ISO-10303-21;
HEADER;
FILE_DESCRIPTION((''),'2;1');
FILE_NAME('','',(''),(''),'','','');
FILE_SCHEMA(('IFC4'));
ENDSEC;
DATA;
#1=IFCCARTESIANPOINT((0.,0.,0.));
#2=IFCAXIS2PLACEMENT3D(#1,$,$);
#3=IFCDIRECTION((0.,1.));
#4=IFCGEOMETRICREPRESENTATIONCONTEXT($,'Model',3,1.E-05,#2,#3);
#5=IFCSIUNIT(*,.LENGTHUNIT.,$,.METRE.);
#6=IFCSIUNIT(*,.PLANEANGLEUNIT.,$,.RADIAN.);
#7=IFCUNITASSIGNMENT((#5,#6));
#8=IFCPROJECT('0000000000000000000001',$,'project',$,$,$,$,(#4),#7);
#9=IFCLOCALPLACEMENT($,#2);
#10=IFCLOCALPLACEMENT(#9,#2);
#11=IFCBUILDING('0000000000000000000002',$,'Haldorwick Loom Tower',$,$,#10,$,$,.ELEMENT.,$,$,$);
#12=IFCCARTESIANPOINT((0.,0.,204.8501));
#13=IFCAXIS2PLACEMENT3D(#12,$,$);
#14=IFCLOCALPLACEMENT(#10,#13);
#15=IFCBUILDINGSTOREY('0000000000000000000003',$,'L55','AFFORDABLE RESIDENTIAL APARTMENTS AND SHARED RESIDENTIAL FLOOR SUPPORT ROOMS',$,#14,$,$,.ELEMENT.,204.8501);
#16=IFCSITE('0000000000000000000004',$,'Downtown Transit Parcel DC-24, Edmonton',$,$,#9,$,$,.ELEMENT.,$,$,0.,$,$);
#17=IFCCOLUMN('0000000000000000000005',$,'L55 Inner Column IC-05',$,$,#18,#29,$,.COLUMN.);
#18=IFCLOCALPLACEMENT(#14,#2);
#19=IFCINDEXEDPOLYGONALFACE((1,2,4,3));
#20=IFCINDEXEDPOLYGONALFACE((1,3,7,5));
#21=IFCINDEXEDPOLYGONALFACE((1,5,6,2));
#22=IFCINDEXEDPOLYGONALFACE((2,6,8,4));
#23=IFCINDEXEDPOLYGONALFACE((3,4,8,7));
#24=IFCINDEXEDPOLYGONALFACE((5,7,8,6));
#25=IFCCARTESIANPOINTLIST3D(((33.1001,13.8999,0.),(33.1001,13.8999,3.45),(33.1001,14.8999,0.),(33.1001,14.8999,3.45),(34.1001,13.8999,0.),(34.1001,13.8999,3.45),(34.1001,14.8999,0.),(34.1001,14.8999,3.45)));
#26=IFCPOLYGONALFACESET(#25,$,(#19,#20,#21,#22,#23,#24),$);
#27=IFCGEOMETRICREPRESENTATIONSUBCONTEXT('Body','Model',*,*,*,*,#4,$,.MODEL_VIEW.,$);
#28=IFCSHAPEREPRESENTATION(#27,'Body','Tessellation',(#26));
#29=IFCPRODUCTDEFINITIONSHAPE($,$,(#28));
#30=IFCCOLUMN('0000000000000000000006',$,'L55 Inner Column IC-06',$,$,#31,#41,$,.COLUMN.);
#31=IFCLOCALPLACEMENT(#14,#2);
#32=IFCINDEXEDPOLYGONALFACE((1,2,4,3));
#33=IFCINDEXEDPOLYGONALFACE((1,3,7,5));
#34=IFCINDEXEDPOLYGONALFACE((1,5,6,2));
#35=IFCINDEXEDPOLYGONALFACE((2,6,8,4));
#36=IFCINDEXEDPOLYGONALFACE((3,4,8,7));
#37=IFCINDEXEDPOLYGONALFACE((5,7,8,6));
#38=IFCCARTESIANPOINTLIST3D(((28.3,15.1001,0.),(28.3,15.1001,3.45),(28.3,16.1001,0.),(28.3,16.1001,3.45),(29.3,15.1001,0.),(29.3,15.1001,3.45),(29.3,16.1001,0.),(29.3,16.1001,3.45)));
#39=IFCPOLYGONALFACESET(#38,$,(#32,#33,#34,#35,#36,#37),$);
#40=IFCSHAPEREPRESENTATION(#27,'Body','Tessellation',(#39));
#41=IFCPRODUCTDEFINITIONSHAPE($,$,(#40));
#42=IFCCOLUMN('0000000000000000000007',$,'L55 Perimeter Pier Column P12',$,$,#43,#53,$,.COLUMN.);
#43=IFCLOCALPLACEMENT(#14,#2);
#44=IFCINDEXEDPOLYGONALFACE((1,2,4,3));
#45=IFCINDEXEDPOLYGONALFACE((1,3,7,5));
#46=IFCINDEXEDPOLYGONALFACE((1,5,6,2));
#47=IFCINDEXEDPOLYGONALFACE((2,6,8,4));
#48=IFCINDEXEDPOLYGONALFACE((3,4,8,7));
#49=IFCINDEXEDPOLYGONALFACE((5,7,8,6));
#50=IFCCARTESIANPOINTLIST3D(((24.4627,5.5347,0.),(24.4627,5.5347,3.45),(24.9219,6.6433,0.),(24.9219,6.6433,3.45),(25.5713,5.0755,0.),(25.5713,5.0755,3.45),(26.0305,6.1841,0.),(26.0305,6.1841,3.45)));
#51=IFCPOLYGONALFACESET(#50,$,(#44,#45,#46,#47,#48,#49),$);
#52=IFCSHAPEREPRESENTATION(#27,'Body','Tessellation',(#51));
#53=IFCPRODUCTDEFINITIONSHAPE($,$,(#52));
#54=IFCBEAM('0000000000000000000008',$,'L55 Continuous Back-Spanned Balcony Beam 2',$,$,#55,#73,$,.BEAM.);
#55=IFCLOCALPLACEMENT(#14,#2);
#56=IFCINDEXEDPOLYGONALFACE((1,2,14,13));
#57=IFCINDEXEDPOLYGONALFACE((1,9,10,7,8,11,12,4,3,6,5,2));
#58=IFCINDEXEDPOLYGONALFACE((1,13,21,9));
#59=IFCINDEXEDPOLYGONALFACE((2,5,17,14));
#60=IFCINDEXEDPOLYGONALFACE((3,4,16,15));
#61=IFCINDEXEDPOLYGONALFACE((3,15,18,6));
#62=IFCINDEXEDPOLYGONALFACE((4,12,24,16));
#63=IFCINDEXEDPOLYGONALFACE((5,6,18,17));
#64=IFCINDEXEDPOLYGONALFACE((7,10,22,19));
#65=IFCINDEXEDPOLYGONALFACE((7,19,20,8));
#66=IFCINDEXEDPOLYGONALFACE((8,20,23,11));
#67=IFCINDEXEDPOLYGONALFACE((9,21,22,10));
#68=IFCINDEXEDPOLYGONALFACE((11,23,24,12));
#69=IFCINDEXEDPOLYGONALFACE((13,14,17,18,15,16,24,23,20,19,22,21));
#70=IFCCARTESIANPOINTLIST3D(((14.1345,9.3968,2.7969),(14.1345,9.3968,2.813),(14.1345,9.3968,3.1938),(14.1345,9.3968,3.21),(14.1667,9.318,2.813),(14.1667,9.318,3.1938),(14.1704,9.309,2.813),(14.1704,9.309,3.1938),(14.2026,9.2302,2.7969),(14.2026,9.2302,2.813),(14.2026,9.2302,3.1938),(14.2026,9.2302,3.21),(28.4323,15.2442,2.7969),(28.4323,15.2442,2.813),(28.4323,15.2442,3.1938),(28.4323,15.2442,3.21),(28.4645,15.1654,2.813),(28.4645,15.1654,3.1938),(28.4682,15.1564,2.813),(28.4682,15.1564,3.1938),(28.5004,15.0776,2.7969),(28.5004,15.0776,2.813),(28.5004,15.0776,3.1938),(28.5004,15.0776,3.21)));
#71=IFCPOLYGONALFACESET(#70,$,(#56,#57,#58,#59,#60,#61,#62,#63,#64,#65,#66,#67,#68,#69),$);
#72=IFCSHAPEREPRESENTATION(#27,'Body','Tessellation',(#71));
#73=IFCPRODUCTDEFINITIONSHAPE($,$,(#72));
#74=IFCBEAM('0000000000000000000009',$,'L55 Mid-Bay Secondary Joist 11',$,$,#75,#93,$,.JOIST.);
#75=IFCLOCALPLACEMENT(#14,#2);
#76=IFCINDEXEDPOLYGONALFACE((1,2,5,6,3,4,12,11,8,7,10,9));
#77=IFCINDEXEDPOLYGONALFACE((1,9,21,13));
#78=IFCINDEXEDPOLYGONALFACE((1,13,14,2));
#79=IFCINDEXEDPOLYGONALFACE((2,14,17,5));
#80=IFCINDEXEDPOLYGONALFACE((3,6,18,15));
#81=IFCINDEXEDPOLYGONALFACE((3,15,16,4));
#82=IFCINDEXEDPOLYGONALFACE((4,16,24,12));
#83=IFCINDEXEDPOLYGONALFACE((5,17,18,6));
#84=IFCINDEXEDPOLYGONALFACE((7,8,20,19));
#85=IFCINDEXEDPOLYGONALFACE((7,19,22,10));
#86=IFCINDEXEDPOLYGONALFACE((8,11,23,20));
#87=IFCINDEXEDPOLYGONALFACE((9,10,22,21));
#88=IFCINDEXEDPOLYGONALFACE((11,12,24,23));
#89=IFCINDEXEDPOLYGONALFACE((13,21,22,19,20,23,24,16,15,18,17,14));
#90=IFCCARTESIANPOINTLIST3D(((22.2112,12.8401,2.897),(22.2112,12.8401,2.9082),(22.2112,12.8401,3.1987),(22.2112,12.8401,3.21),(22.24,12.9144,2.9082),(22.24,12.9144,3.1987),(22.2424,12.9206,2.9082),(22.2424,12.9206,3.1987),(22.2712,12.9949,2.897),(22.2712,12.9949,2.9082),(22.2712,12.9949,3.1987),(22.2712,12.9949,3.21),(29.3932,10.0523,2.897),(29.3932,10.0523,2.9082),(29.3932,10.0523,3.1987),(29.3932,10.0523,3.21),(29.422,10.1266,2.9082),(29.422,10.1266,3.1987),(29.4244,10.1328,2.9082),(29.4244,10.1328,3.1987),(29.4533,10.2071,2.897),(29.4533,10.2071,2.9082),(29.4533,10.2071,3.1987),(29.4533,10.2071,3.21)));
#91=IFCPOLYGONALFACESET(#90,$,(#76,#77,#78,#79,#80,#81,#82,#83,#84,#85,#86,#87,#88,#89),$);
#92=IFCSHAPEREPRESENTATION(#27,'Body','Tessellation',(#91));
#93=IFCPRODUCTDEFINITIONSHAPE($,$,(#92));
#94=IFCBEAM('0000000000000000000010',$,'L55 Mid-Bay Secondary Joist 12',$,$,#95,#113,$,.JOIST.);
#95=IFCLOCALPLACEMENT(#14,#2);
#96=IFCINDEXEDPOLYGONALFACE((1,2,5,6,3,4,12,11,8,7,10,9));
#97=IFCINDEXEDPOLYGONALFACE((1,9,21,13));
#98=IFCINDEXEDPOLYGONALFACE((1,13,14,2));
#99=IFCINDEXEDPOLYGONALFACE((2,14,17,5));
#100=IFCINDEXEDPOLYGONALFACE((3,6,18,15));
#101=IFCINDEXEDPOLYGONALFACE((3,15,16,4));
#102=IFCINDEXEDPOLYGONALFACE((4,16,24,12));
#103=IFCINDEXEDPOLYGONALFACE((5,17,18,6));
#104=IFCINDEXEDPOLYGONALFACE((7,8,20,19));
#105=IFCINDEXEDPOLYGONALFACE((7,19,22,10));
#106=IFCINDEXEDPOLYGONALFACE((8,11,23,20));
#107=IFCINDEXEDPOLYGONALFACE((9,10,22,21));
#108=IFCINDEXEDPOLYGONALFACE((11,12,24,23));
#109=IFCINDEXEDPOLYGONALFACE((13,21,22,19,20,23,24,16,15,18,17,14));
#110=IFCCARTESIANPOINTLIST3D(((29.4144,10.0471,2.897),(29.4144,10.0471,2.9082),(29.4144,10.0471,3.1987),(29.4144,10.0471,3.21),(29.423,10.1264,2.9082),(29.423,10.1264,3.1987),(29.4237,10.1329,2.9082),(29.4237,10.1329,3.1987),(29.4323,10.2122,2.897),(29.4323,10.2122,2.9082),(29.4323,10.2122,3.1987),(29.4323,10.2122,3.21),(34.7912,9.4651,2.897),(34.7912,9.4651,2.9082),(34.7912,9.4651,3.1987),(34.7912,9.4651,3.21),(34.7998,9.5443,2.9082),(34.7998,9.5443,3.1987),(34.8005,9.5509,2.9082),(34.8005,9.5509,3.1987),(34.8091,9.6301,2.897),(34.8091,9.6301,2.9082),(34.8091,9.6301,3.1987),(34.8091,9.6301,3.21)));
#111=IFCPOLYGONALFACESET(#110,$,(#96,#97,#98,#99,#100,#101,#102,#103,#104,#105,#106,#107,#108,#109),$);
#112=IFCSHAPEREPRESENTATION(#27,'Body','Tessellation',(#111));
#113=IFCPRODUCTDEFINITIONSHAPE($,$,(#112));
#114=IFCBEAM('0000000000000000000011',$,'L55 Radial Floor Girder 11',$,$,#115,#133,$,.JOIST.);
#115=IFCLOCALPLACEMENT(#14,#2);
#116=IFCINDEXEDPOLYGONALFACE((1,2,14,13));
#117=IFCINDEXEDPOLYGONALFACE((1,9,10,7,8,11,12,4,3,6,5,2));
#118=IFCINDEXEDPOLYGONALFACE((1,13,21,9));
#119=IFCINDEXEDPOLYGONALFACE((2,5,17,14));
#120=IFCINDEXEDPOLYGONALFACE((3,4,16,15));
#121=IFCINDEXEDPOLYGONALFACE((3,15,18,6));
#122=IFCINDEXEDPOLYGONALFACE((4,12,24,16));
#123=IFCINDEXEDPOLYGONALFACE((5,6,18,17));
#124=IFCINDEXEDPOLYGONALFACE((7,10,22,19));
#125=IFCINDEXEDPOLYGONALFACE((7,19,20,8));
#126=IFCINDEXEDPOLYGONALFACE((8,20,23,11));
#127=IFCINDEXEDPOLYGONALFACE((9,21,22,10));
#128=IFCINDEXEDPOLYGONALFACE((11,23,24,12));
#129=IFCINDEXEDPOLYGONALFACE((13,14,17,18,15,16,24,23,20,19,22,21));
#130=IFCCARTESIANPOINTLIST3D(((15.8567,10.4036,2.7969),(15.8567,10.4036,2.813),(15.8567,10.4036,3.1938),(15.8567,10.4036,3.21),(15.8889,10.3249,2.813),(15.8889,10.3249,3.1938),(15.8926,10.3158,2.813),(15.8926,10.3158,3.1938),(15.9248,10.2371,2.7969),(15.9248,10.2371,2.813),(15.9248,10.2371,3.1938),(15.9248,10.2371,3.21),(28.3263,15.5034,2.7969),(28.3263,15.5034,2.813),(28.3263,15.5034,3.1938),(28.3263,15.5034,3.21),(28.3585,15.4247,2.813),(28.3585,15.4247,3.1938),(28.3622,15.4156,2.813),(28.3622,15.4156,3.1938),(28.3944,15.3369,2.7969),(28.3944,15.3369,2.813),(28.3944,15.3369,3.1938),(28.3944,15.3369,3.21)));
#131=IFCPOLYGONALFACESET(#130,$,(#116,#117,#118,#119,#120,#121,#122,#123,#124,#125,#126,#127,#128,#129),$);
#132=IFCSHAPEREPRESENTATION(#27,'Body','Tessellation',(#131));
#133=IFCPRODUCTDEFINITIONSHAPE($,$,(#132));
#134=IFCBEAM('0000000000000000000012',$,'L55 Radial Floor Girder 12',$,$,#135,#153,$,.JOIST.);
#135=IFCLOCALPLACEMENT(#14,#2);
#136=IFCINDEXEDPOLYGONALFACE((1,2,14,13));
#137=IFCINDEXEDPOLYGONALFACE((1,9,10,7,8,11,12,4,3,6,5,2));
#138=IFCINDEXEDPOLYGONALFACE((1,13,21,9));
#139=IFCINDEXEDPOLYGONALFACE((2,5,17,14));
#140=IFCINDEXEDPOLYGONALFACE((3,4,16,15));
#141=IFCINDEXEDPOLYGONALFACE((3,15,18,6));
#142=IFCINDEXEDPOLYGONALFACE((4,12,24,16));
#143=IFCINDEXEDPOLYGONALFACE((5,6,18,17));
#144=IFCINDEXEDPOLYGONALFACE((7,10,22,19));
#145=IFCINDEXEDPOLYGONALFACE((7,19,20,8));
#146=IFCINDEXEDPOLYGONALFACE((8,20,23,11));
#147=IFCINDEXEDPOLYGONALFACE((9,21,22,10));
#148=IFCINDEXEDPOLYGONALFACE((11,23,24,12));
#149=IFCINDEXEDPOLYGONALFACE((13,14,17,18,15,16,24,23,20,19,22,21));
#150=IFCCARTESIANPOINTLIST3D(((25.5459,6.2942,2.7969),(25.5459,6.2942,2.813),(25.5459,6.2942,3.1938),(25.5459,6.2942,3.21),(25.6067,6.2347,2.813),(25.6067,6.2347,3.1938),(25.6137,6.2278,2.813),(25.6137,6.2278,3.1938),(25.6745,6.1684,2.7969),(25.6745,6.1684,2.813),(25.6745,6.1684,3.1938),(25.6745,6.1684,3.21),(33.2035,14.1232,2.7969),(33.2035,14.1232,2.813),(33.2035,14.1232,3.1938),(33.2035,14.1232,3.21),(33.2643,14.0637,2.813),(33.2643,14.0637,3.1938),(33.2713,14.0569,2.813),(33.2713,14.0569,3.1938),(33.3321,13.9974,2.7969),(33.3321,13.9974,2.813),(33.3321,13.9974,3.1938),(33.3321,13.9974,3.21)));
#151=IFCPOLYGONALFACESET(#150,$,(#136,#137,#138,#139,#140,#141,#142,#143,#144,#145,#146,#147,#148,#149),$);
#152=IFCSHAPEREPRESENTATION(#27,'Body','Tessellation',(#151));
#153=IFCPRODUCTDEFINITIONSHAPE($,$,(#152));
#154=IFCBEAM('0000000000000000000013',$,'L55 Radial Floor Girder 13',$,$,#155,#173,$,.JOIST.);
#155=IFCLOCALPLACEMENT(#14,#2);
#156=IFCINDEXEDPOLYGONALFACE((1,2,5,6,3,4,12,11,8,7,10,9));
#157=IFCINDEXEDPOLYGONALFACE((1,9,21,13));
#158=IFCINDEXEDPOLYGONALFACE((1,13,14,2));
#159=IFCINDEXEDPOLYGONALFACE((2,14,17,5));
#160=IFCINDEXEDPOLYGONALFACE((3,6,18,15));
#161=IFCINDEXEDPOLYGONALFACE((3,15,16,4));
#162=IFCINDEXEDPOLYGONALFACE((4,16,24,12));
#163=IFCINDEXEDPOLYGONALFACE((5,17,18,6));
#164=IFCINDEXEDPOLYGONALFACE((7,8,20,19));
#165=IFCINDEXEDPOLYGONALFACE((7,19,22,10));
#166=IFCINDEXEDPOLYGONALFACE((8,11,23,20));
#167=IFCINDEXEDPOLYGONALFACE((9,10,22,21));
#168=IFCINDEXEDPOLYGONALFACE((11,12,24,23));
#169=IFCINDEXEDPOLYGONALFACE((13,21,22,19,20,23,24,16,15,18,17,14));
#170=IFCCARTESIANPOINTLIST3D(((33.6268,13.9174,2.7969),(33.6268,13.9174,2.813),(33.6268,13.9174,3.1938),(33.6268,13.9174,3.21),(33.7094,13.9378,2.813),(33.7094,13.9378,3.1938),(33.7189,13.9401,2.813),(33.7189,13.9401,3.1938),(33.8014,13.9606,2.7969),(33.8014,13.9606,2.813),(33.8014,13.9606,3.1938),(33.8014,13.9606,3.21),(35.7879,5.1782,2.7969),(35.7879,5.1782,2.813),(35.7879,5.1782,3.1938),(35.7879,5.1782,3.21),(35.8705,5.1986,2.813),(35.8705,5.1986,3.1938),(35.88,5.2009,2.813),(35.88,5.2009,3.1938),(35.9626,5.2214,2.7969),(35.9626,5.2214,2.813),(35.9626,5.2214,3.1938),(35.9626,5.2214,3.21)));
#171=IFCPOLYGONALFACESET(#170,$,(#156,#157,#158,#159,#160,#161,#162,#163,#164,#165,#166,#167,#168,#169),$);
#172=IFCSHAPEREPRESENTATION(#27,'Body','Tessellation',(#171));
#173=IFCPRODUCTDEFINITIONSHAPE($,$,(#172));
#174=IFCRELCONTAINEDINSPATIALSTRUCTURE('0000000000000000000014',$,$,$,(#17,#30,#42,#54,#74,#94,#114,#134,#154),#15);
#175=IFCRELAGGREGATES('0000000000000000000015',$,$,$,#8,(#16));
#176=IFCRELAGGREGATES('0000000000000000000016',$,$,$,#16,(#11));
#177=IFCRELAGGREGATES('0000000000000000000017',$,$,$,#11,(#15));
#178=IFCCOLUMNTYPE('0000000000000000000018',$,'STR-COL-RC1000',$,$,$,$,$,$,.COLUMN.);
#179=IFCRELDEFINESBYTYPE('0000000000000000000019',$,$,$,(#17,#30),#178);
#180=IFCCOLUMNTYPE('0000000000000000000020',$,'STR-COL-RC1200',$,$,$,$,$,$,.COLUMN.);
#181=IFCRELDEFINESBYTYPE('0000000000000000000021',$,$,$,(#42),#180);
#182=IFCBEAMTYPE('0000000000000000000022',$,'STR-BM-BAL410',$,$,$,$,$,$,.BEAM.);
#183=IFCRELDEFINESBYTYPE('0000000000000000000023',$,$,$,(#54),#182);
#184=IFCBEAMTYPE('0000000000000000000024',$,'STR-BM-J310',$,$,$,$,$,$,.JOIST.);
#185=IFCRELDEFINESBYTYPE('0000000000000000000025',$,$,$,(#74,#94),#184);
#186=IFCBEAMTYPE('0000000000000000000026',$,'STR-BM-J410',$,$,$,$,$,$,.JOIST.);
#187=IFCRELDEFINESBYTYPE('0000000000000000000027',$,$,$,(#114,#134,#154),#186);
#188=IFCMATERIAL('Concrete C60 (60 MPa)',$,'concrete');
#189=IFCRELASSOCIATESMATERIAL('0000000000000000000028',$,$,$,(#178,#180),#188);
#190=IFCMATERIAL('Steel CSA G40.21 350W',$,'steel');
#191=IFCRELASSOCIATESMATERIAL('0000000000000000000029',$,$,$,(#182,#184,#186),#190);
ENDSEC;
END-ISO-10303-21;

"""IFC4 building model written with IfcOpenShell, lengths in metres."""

from ifc_helpers import new_model, si_unit, direction, frame, origin, origin_2d, place, context, subcontext, project, spatial, rectangle, i_section, extrude, material, material_profile, profile_set, type_object, element, save


model = new_model("IFC4")

# Units and contexts
model_context = context("Model", 3, precision=1e-05, world=origin(), true_north=direction((0.0, 1.0)))
body_context = subcontext(model_context, "Body", "Model", "MODEL_VIEW")
ifc_project = project(units=[si_unit("LENGTHUNIT", "METRE"), si_unit("PLANEANGLEUNIT", "RADIAN")], contexts=[model_context])

# Site, building, storey
site_placement = place(None, origin())
site = spatial("IfcSite", under=ifc_project, at=site_placement, Name="Downtown Transit Parcel DC-24, Edmonton", CompositionType="ELEMENT", RefElevation=0.0)
building_placement = place(site_placement, origin())
building = spatial("IfcBuilding", under=site, at=building_placement, Name="Haldorwick Loom Tower", CompositionType="ELEMENT")
storey_placement = place(building_placement, frame((0.0, 0.0, 204.8501)))
storey = spatial("IfcBuildingStorey", under=building, at=storey_placement, Name="L55", Description="AFFORDABLE RESIDENTIAL APARTMENTS AND SHARED RESIDENTIAL FLOOR SUPPORT ROOMS", CompositionType="ELEMENT", Elevation=204.8501)

# Columns
ifc_material_1 = material(Name="Concrete C60 (60 MPa)", Category="concrete")
ifc_material_profile_1 = material_profile(ifc_material_1, rectangle(XDim=1.0, YDim=1.0, at=origin_2d()), Name="RC1000X1000", Category="concrete")
ifc_profile_set_1 = profile_set([ifc_material_profile_1], Name="Concrete C60 (60 MPa)")
column_type_1 = type_object("IfcColumnType", Name="STR-COL-RC1000", PredefinedType="COLUMN", material=ifc_profile_set_1)
for number, where, z_axis, x_axis, name in (
    (1, (33.6001, 14.3999, 0.0), (0.0, 0.0, 1.0), (1.0, 0.0, 0.0), "L55 Inner Column IC-05"),
    (2, (28.8, 15.6001, 0.0), (0.0, 0.0, 1.0), (1.0, 0.0, 0.0), "L55 Inner Column IC-06"),
):
    element("IfcColumn", number, at=place(storey_placement, frame(where, z_axis=z_axis, x_axis=x_axis)), inside=storey, type_object=column_type_1, Name=name, PredefinedType="COLUMN", context=body_context, shape_type="SweptSolid", body=[
        extrude(rectangle(XDim=1.0, YDim=1.0, at=origin_2d()), origin(), (0.0, 0.0, 1.0), 3.45),
    ])
ifc_material_profile_2 = material_profile(ifc_material_1, rectangle(XDim=1.2, YDim=1.2, at=origin_2d()), Name="RC1200X1200", Category="concrete")
ifc_profile_set_2 = profile_set([ifc_material_profile_2], Name="Concrete C60 (60 MPa)")
column_type_2 = type_object("IfcColumnType", Name="STR-COL-RC1200", PredefinedType="COLUMN", material=ifc_profile_set_2)
column_placement = place(storey_placement, frame((25.2466, 5.8594, 0.0), z_axis=(0.0, 0.0, 1.0), x_axis=(-0.382683, -0.92388, 0.0)))
element("IfcColumn", 3, at=column_placement, inside=storey, type_object=column_type_2, Name="L55 Perimeter Pier Column P12", PredefinedType="COLUMN", context=body_context, shape_type="SweptSolid", body=[
    extrude(rectangle(XDim=1.2, YDim=1.2, at=origin_2d()), origin(), (0.0, 0.0, 1.0), 3.45),
])

# Beams
ifc_material_2 = material(Name="Steel CSA G40.21 350W", Category="steel")
ifc_material_profile_3 = material_profile(ifc_material_2, i_section(OverallWidth=0.1799, OverallDepth=0.4131, WebThickness=0.0098, FlangeThickness=0.0161, at=origin_2d()), Name="W410X74", Category="steel")
ifc_profile_set_3 = profile_set([ifc_material_profile_3], Name="Steel CSA G40.21 350W")
beam_type_1 = type_object("IfcBeamType", Name="STR-BM-BAL410", PredefinedType="BEAM", material=ifc_profile_set_3)
beam_1_placement = place(storey_placement, frame((28.4663, 15.1609, 3.0034), z_axis=(-0.925586, -0.378538, 0.0), x_axis=(0.378538, -0.925586, 0.0)))
element("IfcBeam", 4, at=beam_1_placement, inside=storey, type_object=beam_type_1, Name="L55 Continuous Back-Spanned Balcony Beam 2", PredefinedType="BEAM", context=body_context, shape_type="SweptSolid", body=[
    extrude(i_section(OverallWidth=0.1799, OverallDepth=0.4131, WebThickness=0.0098, FlangeThickness=0.0161, at=origin_2d()), origin(), (0.0, 0.0, 1.0), 15.4473),
])
ifc_material_profile_4 = material_profile(ifc_material_2, i_section(OverallWidth=0.166, OverallDepth=0.313, WebThickness=0.0066, FlangeThickness=0.0112, at=origin_2d()), Name="W310X45", Category="steel")
ifc_profile_set_4 = profile_set([ifc_material_profile_4], Name="Steel CSA G40.21 350W")
beam_type_2 = type_object("IfcBeamType", Name="STR-BM-J310", PredefinedType="JOIST", material=ifc_profile_set_4)
beam_2_placement = place(storey_placement, frame((22.2412, 12.9175, 3.0535), z_axis=(0.932233, -0.361859, 0.0), x_axis=(0.361859, 0.932233, 0.0)))
element("IfcBeam", 5, at=beam_2_placement, inside=storey, type_object=beam_type_2, Name="L55 Mid-Bay Secondary Joist 11", PredefinedType="JOIST", context=body_context, shape_type="SweptSolid", body=[
    extrude(i_section(OverallWidth=0.166, OverallDepth=0.313, WebThickness=0.0066, FlangeThickness=0.0112, at=origin_2d()), origin(), (0.0, 0.0, 1.0), 7.7041),
])
beam_3_placement = place(storey_placement, frame((29.4233, 10.1296, 3.0535), z_axis=(0.994192, -0.107622, 0.0), x_axis=(0.107622, 0.994192, 0.0)))
element("IfcBeam", 6, at=beam_3_placement, inside=storey, type_object=beam_type_2, Name="L55 Mid-Bay Secondary Joist 12", PredefinedType="JOIST", context=body_context, shape_type="SweptSolid", body=[
    extrude(i_section(OverallWidth=0.166, OverallDepth=0.313, WebThickness=0.0066, FlangeThickness=0.0112, at=origin_2d()), origin(), (0.0, 0.0, 1.0), 5.4082),
])
ifc_material_profile_5 = material_profile(ifc_material_2, i_section(OverallWidth=0.1799, OverallDepth=0.4131, WebThickness=0.0098, FlangeThickness=0.0161, at=origin_2d()), Name="W410X74", Category="steel")
ifc_profile_set_5 = profile_set([ifc_material_profile_5], Name="Steel CSA G40.21 350W")
beam_type_3 = type_object("IfcBeamType", Name="STR-BM-J410", PredefinedType="JOIST", material=ifc_profile_set_5)
beam_4_placement = place(storey_placement, frame((28.3604, 15.4202, 3.0034), z_axis=(-0.925583, -0.378544, 0.0), x_axis=(0.378544, -0.925583, 0.0)))
element("IfcBeam", 7, at=beam_4_placement, inside=storey, type_object=beam_type_3, Name="L55 Radial Floor Girder 11", PredefinedType="JOIST", context=body_context, shape_type="SweptSolid", body=[
    extrude(i_section(OverallWidth=0.1799, OverallDepth=0.4131, WebThickness=0.0098, FlangeThickness=0.0161, at=origin_2d()), origin(), (0.0, 0.0, 1.0), 13.4722),
])
beam_5_placement = place(storey_placement, frame((33.2678, 14.0603, 3.0034), z_axis=(-0.699239, -0.714888, 0.0), x_axis=(0.714888, -0.699239, 0.0)))
element("IfcBeam", 8, at=beam_5_placement, inside=storey, type_object=beam_type_3, Name="L55 Radial Floor Girder 12", PredefinedType="JOIST", context=body_context, shape_type="SweptSolid", body=[
    extrude(i_section(OverallWidth=0.1799, OverallDepth=0.4131, WebThickness=0.0098, FlangeThickness=0.0161, at=origin_2d()), origin(), (0.0, 0.0, 1.0), 10.9514),
])
beam_6_placement = place(storey_placement, frame((33.7141, 13.939, 3.0034), z_axis=(0.240059, -0.970758, 0.0), x_axis=(0.970758, 0.240059, 0.0)))
element("IfcBeam", 9, at=beam_6_placement, inside=storey, type_object=beam_type_3, Name="L55 Radial Floor Girder 13", PredefinedType="JOIST", context=body_context, shape_type="SweptSolid", body=[
    extrude(i_section(OverallWidth=0.1799, OverallDepth=0.4131, WebThickness=0.0098, FlangeThickness=0.0161, at=origin_2d()), origin(), (0.0, 0.0, 1.0), 9.0024),
])

save(model, "model.ifc")
